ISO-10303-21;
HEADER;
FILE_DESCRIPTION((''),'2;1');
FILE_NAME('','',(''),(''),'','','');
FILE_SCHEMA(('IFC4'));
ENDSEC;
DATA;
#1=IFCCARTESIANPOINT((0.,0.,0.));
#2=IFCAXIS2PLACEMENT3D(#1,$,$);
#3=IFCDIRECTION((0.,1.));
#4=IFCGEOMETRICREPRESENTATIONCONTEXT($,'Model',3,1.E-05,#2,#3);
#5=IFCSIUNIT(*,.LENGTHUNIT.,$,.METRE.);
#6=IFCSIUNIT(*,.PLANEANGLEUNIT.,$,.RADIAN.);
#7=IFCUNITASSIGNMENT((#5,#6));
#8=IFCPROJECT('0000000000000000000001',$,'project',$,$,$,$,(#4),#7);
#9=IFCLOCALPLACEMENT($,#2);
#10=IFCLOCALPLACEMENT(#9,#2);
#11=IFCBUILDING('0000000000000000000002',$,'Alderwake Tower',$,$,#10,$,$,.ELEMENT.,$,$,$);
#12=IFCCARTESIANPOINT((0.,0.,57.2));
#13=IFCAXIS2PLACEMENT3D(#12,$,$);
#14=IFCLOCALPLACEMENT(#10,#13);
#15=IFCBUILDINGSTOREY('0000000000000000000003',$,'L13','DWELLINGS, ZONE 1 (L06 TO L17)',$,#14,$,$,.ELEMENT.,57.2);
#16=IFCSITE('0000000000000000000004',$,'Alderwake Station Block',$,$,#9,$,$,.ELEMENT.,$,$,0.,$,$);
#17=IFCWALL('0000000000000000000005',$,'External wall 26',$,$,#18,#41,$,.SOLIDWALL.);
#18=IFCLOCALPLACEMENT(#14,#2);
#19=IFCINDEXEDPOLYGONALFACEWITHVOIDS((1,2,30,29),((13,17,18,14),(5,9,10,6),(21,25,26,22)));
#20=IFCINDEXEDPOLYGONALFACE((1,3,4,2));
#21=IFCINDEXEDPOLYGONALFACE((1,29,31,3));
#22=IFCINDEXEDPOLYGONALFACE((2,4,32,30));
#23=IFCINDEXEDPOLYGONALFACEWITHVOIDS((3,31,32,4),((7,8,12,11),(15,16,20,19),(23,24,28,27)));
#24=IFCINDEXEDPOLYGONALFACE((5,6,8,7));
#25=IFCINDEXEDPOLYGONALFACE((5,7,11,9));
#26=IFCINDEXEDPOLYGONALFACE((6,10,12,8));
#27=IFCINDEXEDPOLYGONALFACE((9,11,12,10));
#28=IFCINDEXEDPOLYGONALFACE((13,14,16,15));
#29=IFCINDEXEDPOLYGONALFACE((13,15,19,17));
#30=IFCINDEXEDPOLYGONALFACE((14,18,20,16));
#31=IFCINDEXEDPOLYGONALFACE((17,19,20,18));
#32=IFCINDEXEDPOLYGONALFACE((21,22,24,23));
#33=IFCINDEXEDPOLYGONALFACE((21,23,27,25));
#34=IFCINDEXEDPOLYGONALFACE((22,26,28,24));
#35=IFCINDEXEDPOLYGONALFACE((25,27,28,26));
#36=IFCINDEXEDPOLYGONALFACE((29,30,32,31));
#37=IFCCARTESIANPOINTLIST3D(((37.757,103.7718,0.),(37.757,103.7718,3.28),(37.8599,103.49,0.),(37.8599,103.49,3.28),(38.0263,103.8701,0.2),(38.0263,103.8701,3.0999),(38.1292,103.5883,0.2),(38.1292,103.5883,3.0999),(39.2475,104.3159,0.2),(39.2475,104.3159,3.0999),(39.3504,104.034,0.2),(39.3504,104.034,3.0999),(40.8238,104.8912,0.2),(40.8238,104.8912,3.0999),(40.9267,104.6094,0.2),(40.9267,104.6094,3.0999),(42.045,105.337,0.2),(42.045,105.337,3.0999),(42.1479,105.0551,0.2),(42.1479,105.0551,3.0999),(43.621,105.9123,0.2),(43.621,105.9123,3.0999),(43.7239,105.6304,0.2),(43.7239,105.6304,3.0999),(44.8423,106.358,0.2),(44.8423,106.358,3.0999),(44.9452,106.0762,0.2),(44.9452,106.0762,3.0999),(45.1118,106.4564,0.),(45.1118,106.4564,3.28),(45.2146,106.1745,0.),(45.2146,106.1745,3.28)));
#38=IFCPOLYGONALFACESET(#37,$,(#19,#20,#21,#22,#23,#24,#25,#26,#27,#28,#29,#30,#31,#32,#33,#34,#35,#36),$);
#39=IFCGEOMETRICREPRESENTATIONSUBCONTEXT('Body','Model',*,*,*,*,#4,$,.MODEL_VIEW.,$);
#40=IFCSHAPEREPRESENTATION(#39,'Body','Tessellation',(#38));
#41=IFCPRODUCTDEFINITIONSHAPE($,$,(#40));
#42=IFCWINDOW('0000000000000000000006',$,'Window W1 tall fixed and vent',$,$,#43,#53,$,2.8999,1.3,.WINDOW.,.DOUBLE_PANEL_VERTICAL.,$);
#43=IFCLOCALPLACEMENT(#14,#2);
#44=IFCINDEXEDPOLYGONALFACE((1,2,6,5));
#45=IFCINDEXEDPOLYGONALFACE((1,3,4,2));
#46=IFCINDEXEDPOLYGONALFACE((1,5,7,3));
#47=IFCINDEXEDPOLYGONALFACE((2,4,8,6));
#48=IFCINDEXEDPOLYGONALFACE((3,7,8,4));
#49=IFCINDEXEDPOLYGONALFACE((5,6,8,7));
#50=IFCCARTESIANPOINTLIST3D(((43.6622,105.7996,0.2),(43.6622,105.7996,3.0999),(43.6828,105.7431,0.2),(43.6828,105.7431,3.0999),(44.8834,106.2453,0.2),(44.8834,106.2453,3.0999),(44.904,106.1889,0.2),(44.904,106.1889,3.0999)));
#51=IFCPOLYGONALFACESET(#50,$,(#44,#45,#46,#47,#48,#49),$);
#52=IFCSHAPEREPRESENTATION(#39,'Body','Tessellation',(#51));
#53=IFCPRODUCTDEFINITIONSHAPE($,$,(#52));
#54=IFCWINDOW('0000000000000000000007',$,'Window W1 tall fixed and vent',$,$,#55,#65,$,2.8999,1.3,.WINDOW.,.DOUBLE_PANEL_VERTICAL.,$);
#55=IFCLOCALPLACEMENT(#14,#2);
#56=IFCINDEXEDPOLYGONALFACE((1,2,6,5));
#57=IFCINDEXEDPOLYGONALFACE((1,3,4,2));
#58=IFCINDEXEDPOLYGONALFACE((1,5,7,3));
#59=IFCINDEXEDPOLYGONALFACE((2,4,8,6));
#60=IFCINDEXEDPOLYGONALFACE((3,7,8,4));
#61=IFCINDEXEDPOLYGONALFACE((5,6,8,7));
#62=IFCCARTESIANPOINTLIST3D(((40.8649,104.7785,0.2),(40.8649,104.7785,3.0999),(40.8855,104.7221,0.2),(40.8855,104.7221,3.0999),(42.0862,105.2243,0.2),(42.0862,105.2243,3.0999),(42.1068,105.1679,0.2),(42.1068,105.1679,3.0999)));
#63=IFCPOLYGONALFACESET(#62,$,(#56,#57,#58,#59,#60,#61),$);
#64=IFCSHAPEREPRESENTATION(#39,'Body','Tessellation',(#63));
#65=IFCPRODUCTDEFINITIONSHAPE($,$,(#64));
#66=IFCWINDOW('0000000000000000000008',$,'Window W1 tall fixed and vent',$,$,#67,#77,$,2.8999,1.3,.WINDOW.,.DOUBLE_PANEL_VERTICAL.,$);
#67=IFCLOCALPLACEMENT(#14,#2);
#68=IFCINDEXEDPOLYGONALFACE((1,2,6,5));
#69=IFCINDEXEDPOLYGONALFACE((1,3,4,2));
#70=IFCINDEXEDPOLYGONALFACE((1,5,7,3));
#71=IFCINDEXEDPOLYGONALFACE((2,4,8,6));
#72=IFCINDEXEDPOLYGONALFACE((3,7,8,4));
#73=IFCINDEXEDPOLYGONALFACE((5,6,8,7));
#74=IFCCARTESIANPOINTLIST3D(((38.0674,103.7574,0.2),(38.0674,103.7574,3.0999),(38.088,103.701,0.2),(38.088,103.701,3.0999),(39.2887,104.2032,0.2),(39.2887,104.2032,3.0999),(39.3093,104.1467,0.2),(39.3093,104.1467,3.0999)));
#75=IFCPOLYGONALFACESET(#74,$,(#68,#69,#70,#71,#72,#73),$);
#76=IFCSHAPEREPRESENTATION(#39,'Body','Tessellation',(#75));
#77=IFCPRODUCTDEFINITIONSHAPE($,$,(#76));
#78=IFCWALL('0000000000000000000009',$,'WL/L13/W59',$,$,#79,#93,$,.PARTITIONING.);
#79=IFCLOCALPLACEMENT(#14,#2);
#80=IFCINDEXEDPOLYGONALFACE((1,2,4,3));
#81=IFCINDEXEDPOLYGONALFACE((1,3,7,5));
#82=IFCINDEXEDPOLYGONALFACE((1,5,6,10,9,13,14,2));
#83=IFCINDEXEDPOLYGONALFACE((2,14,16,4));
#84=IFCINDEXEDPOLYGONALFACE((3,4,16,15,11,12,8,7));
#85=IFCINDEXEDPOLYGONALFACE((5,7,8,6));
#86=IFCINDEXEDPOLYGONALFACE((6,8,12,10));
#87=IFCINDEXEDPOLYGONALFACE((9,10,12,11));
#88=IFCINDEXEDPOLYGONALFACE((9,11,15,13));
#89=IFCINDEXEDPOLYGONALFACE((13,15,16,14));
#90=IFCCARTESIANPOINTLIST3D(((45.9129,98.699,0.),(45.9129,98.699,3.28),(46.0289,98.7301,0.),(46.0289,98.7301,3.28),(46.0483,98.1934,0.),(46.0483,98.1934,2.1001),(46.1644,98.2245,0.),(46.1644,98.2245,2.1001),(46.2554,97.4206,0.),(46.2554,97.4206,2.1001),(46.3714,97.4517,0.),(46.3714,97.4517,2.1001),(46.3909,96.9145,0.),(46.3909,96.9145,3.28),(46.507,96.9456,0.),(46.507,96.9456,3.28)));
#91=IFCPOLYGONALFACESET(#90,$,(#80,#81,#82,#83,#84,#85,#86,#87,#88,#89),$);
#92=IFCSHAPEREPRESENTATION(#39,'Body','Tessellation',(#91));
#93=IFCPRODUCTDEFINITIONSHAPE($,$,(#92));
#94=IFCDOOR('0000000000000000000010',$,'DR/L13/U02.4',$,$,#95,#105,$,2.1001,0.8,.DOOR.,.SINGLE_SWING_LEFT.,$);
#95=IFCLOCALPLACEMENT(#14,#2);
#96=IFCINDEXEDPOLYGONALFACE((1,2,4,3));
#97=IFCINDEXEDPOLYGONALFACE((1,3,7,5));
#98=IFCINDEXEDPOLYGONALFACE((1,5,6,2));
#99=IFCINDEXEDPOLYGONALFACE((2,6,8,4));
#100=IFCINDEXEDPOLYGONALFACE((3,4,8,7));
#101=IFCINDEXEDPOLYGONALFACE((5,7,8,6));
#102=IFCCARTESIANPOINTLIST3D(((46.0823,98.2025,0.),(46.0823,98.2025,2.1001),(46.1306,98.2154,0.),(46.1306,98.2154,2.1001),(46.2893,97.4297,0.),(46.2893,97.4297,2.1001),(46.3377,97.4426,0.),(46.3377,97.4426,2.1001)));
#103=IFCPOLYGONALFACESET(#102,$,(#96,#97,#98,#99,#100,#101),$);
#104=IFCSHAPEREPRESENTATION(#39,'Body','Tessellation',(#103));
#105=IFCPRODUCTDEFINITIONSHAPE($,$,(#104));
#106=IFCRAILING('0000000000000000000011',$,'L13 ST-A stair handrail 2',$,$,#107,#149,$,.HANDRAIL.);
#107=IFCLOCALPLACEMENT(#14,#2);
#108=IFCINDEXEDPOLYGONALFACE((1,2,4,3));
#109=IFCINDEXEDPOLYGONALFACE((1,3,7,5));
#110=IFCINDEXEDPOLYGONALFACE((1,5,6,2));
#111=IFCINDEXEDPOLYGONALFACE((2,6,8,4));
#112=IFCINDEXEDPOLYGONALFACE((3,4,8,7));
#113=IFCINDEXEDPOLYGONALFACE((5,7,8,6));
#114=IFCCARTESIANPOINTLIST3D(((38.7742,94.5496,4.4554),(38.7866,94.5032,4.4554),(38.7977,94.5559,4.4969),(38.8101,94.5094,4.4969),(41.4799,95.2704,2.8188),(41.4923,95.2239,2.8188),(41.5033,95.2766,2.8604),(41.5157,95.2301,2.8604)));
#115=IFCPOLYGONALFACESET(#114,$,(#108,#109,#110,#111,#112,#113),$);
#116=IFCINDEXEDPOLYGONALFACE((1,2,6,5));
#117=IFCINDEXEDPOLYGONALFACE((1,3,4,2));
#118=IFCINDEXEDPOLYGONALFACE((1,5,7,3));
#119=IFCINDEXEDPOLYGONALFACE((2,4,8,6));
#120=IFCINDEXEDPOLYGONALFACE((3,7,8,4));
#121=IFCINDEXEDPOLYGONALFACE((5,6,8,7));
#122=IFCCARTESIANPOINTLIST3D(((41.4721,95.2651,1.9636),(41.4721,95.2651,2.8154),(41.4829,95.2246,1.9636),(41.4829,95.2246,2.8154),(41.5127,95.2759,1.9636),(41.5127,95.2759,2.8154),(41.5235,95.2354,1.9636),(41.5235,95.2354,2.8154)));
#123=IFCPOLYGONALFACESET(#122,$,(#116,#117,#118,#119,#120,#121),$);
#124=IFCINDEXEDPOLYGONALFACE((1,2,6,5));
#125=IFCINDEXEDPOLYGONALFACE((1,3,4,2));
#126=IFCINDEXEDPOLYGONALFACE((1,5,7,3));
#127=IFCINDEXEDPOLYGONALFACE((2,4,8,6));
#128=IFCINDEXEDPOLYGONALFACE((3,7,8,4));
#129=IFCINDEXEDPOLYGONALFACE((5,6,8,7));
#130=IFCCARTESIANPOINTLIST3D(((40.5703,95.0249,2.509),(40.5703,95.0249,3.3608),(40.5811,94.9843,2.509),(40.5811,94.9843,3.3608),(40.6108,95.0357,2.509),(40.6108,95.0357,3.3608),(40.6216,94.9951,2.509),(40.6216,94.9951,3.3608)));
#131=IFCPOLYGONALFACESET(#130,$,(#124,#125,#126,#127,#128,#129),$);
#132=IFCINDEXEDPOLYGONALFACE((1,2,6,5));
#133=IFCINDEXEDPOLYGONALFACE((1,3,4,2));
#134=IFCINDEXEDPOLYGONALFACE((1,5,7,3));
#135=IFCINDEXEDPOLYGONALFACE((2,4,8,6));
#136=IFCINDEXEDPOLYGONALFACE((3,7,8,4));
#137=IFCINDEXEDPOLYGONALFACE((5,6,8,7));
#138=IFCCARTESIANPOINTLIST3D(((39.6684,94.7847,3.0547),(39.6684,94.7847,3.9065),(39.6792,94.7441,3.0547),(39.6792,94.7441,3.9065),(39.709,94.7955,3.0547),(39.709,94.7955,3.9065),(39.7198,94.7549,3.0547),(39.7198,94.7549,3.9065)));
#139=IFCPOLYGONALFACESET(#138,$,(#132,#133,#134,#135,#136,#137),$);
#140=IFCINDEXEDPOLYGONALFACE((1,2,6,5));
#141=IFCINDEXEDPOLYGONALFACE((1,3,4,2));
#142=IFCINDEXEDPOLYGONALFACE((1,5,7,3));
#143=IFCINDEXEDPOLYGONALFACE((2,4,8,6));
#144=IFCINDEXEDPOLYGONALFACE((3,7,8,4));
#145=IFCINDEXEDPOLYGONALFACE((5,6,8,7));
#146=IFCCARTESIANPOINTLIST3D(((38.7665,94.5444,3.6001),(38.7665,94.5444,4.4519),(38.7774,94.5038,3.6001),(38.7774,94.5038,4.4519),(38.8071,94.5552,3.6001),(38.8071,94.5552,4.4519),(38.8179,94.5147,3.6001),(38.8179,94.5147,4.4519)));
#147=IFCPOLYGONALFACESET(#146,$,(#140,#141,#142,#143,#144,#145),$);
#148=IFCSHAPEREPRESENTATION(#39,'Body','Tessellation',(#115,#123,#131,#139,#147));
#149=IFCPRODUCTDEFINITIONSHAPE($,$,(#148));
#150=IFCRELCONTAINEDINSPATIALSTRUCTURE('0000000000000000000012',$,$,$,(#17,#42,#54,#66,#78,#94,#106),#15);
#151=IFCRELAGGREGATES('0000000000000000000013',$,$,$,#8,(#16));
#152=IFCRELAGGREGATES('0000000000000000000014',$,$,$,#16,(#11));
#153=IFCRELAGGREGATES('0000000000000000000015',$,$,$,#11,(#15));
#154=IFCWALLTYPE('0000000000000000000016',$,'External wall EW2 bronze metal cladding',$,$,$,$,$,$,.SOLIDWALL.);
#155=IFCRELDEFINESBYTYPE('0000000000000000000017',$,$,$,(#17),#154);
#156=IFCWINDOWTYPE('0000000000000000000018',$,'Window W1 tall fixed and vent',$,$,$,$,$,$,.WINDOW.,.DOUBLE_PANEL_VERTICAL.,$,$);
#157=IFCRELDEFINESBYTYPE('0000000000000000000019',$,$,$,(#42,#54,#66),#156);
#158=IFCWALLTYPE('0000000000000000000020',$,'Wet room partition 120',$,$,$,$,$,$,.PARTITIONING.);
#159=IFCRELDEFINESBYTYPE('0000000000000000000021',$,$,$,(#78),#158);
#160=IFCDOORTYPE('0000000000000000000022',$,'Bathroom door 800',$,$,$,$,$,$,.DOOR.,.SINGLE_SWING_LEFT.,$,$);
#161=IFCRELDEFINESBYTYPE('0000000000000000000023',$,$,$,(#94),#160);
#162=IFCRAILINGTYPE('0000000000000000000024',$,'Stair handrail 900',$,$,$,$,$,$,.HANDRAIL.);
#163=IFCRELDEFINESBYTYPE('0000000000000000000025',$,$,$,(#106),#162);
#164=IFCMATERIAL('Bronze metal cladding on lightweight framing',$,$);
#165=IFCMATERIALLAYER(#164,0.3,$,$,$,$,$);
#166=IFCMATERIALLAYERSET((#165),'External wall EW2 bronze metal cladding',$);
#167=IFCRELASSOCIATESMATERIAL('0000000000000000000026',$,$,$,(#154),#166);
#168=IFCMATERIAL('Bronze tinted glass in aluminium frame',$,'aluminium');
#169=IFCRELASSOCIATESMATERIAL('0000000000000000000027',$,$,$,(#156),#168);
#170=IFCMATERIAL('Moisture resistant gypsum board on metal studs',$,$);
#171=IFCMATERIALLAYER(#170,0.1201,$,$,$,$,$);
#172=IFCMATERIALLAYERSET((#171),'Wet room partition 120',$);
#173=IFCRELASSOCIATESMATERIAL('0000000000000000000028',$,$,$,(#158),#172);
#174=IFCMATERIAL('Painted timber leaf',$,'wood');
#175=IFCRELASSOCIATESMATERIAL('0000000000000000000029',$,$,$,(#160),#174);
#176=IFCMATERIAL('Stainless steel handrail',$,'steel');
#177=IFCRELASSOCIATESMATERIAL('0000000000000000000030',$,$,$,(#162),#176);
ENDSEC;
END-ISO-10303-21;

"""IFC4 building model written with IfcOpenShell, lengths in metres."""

from ifc_helpers import new_model, si_unit, direction, frame, frame_2d, origin, origin_2d, place, context, subcontext, project, spatial, rectangle, extrude, material, layer, layer_set, type_object, element, fill, save


model = new_model("IFC4")

# Units and contexts
model_context = context("Model", 3, precision=1e-05, world=origin(), true_north=direction((0.0, 1.0)))
body_context = subcontext(model_context, "Body", "Model", "MODEL_VIEW")
ifc_project = project(units=[si_unit("LENGTHUNIT", "METRE"), si_unit("PLANEANGLEUNIT", "RADIAN")], contexts=[model_context])

# Site, building, storey
site_placement = place(None, origin())
site = spatial("IfcSite", under=ifc_project, at=site_placement, Name="Alderwake Station Block", CompositionType="ELEMENT", RefElevation=0.0)
building_placement = place(site_placement, origin())
building = spatial("IfcBuilding", under=site, at=building_placement, Name="Alderwake Tower", CompositionType="ELEMENT")
storey_placement = place(building_placement, frame((0.0, 0.0, 57.2)))
storey = spatial("IfcBuildingStorey", under=building, at=storey_placement, Name="L13", Description="DWELLINGS, ZONE 1 (L06 TO L17)", CompositionType="ELEMENT", Elevation=57.2)

# Shared definitions
ifc_material_1 = material(Name="Bronze metal cladding on lightweight framing")
ifc_layer_1 = layer(ifc_material_1, 0.3)
ifc_layer_set_1 = layer_set([ifc_layer_1], Name="External wall EW2 bronze metal cladding")
wall_type_1 = type_object("IfcWallType", Name="External wall EW2 bronze metal cladding", PredefinedType="SOLIDWALL", material=ifc_layer_set_1)
ifc_material_2 = material(Name="Bronze tinted glass in aluminium frame", Category="aluminium")
window_type = type_object("IfcWindowType", Name="Window W1 tall fixed and vent", PartitioningType="DOUBLE_PANEL_VERTICAL", PredefinedType="WINDOW", material=ifc_material_2)

# Wall, openings, windows
wall_1_placement = place(storey_placement, frame((45.1631, 106.3154, 0.0), z_axis=(0.0, 0.0, 1.0), x_axis=(-0.939378, -0.342885, 0.0)))
wall_1 = element("IfcWall", 1, at=wall_1_placement, inside=storey, type_object=wall_type_1, Name="External wall 26", PredefinedType="SOLIDWALL", context=body_context, shape_type="SweptSolid", body=[
    extrude(rectangle(XDim=7.8293, YDim=0.3, at=frame_2d((3.9146, 0.0))), origin(), (0.0, 0.0, 1.0), 3.28),
])
opening_1_placement = place(wall_1_placement, frame((0.2869, 0.0, 0.2)))
opening_1 = element("IfcOpeningElement", 2, at=opening_1_placement, cuts=wall_1, PredefinedType="OPENING", context=body_context, shape_type="SweptSolid", body=[
    extrude(rectangle(XDim=1.3, YDim=2.8999, at=frame_2d((0.6499, 1.45))), frame((0.0, 0.1599, 0.0), z_axis=(0.0, -1.0, 0.0), x_axis=(1.0, 0.0, 0.0)), (0.0, 0.0, 1.0), 0.3201),
])
opening_2_placement = place(wall_1_placement, frame((3.2646, 0.0, 0.2)))
opening_2 = element("IfcOpeningElement", 3, at=opening_2_placement, cuts=wall_1, PredefinedType="OPENING", context=body_context, shape_type="SweptSolid", body=[
    extrude(rectangle(XDim=1.3, YDim=2.8999, at=frame_2d((0.6499, 1.45))), frame((0.0, 0.1599, 0.0), z_axis=(0.0, -1.0, 0.0), x_axis=(1.0, 0.0, 0.0)), (0.0, 0.0, 1.0), 0.3201),
])
opening_3_placement = place(wall_1_placement, frame((6.2427, 0.0, 0.2)))
opening_3 = element("IfcOpeningElement", 4, at=opening_3_placement, cuts=wall_1, PredefinedType="OPENING", context=body_context, shape_type="SweptSolid", body=[
    extrude(rectangle(XDim=1.3, YDim=2.8999, at=frame_2d((0.6499, 1.45))), frame((0.0, 0.1599, 0.0), z_axis=(0.0, -1.0, 0.0), x_axis=(1.0, 0.0, 0.0)), (0.0, 0.0, 1.0), 0.3201),
])
window_1_placement = place(opening_1_placement, origin())
window_1 = element("IfcWindow", 5, at=window_1_placement, inside=storey, type_object=window_type, Name="Window W1 tall fixed and vent", OverallHeight=2.8999, OverallWidth=1.3, PartitioningType="DOUBLE_PANEL_VERTICAL", PredefinedType="WINDOW", context=body_context, shape_type="SweptSolid", body=[
    extrude(rectangle(XDim=1.3, YDim=2.8999, at=frame_2d((0.6499, 1.45))), frame((0.0, 0.03, 0.0), z_axis=(0.0, -1.0, 0.0), x_axis=(1.0, 0.0, 0.0)), (0.0, 0.0, 1.0), 0.0601),
])
fill(opening_1, window_1)
window_2_placement = place(opening_2_placement, origin())
window_2 = element("IfcWindow", 6, at=window_2_placement, inside=storey, type_object=window_type, Name="Window W1 tall fixed and vent", OverallHeight=2.8999, OverallWidth=1.3, PartitioningType="DOUBLE_PANEL_VERTICAL", PredefinedType="WINDOW", context=body_context, shape_type="SweptSolid", body=[
    extrude(rectangle(XDim=1.3, YDim=2.8999, at=frame_2d((0.6499, 1.45))), frame((0.0, 0.03, 0.0), z_axis=(0.0, -1.0, 0.0), x_axis=(1.0, 0.0, 0.0)), (0.0, 0.0, 1.0), 0.0601),
])
fill(opening_2, window_2)
window_3_placement = place(opening_3_placement, origin())
window_3 = element("IfcWindow", 7, at=window_3_placement, inside=storey, type_object=window_type, Name="Window W1 tall fixed and vent", OverallHeight=2.8999, OverallWidth=1.3, PartitioningType="DOUBLE_PANEL_VERTICAL", PredefinedType="WINDOW", context=body_context, shape_type="SweptSolid", body=[
    extrude(rectangle(XDim=1.3, YDim=2.8999, at=frame_2d((0.6499, 1.45))), frame((0.0, 0.03, 0.0), z_axis=(0.0, -1.0, 0.0), x_axis=(1.0, 0.0, 0.0)), (0.0, 0.0, 1.0), 0.0601),
])
fill(opening_3, window_3)

# Wall, opening, door
ifc_material_3 = material(Name="Moisture resistant gypsum board on metal studs")
ifc_layer_2 = layer(ifc_material_3, 0.1201)
ifc_layer_set_2 = layer_set([ifc_layer_2], Name="Wet room partition 120")
wall_type_2 = type_object("IfcWallType", Name="Wet room partition 120", PredefinedType="PARTITIONING", material=ifc_layer_set_2)
wall_2_placement = place(storey_placement, frame((46.449, 96.9299, 0.0), z_axis=(0.0, 0.0, 1.0), x_axis=(-0.258765, 0.96594, 0.0)))
wall_2 = element("IfcWall", 8, at=wall_2_placement, inside=storey, type_object=wall_type_2, Name="WL/L13/W59", PredefinedType="PARTITIONING", context=body_context, shape_type="SweptSolid", body=[
    extrude(rectangle(XDim=1.8474, YDim=0.1201, at=frame_2d((0.9238, 0.0))), origin(), (0.0, 0.0, 1.0), 3.28),
])
opening_4_placement = place(wall_2_placement, frame((0.5242, 0.0, 0.0)))
opening_4 = element("IfcOpeningElement", 9, at=opening_4_placement, cuts=wall_2, PredefinedType="OPENING", context=body_context, shape_type="SweptSolid", body=[
    extrude(rectangle(XDim=0.8, YDim=2.1001, at=frame_2d((0.3999, 1.05))), frame((0.0, 0.0701, 0.0), z_axis=(0.0, -1.0, 0.0), x_axis=(1.0, 0.0, 0.0)), (0.0, 0.0, 1.0), 0.1401),
])
ifc_material_4 = material(Name="Painted timber leaf", Category="wood")
door_type_1 = type_object("IfcDoorType", Name="Bathroom door 800", OperationType="SINGLE_SWING_LEFT", PredefinedType="DOOR", material=ifc_material_4)
door_1_placement = place(opening_4_placement, origin())
door_1 = element("IfcDoor", 10, at=door_1_placement, inside=storey, type_object=door_type_1, Name="DR/L13/U02.4", OperationType="SINGLE_SWING_LEFT", OverallHeight=2.1001, OverallWidth=0.8, PredefinedType="DOOR", context=body_context, shape_type="SweptSolid", body=[
    extrude(rectangle(XDim=0.8, YDim=2.1001, at=frame_2d((0.3999, 1.05))), frame((0.0, 0.0249, 0.0), z_axis=(0.0, -1.0, 0.0), x_axis=(1.0, 0.0, 0.0)), (0.0, 0.0, 1.0), 0.05),
])
fill(opening_4, door_1)

# Railing
ifc_material_5 = material(Name="Stainless steel handrail", Category="steel")
railing_type = type_object("IfcRailingType", Name="Stair handrail 900", PredefinedType="HANDRAIL", material=ifc_material_5)
railing_placement = place(storey_placement, frame((41.4978, 95.2502, 1.9636)))
element("IfcRailing", 11, at=railing_placement, inside=storey, type_object=railing_type, Name="L13 ST-A stair handrail 2", PredefinedType="HANDRAIL", context=body_context, shape_type="SweptSolid", body=[
    extrude(rectangle(XDim=0.0481, YDim=0.0481, at=origin_2d()), frame((0.0, 0.0, 0.876), z_axis=(-0.834259, -0.222228, 0.504605), x_axis=(0.257402, -0.966304, 0.0)), (0.0, 0.0, 1.0), 3.2432),
    extrude(rectangle(XDim=0.042, YDim=0.042, at=origin_2d()), frame((0.0, 0.0, 0.0), z_axis=(0.0, 0.0, 1.0), x_axis=(-0.966304, -0.257402, 0.0)), (0.0, 0.0, 1.0), 0.8518),
    extrude(rectangle(XDim=0.042, YDim=0.042, at=origin_2d()), frame((-0.9019, -0.2402, 0.5454), z_axis=(0.0, 0.0, 1.0), x_axis=(-0.966304, -0.257402, 0.0)), (0.0, 0.0, 1.0), 0.8518),
    extrude(rectangle(XDim=0.042, YDim=0.042, at=origin_2d()), frame((-1.8037, -0.4805, 1.0911), z_axis=(0.0, 0.0, 1.0), x_axis=(-0.966304, -0.257402, 0.0)), (0.0, 0.0, 1.0), 0.8518),
    extrude(rectangle(XDim=0.042, YDim=0.042, at=origin_2d()), frame((-2.7056, -0.7207, 1.6365), z_axis=(0.0, 0.0, 1.0), x_axis=(-0.966304, -0.257402, 0.0)), (0.0, 0.0, 1.0), 0.8518),
])

save(model, "model.ifc")
